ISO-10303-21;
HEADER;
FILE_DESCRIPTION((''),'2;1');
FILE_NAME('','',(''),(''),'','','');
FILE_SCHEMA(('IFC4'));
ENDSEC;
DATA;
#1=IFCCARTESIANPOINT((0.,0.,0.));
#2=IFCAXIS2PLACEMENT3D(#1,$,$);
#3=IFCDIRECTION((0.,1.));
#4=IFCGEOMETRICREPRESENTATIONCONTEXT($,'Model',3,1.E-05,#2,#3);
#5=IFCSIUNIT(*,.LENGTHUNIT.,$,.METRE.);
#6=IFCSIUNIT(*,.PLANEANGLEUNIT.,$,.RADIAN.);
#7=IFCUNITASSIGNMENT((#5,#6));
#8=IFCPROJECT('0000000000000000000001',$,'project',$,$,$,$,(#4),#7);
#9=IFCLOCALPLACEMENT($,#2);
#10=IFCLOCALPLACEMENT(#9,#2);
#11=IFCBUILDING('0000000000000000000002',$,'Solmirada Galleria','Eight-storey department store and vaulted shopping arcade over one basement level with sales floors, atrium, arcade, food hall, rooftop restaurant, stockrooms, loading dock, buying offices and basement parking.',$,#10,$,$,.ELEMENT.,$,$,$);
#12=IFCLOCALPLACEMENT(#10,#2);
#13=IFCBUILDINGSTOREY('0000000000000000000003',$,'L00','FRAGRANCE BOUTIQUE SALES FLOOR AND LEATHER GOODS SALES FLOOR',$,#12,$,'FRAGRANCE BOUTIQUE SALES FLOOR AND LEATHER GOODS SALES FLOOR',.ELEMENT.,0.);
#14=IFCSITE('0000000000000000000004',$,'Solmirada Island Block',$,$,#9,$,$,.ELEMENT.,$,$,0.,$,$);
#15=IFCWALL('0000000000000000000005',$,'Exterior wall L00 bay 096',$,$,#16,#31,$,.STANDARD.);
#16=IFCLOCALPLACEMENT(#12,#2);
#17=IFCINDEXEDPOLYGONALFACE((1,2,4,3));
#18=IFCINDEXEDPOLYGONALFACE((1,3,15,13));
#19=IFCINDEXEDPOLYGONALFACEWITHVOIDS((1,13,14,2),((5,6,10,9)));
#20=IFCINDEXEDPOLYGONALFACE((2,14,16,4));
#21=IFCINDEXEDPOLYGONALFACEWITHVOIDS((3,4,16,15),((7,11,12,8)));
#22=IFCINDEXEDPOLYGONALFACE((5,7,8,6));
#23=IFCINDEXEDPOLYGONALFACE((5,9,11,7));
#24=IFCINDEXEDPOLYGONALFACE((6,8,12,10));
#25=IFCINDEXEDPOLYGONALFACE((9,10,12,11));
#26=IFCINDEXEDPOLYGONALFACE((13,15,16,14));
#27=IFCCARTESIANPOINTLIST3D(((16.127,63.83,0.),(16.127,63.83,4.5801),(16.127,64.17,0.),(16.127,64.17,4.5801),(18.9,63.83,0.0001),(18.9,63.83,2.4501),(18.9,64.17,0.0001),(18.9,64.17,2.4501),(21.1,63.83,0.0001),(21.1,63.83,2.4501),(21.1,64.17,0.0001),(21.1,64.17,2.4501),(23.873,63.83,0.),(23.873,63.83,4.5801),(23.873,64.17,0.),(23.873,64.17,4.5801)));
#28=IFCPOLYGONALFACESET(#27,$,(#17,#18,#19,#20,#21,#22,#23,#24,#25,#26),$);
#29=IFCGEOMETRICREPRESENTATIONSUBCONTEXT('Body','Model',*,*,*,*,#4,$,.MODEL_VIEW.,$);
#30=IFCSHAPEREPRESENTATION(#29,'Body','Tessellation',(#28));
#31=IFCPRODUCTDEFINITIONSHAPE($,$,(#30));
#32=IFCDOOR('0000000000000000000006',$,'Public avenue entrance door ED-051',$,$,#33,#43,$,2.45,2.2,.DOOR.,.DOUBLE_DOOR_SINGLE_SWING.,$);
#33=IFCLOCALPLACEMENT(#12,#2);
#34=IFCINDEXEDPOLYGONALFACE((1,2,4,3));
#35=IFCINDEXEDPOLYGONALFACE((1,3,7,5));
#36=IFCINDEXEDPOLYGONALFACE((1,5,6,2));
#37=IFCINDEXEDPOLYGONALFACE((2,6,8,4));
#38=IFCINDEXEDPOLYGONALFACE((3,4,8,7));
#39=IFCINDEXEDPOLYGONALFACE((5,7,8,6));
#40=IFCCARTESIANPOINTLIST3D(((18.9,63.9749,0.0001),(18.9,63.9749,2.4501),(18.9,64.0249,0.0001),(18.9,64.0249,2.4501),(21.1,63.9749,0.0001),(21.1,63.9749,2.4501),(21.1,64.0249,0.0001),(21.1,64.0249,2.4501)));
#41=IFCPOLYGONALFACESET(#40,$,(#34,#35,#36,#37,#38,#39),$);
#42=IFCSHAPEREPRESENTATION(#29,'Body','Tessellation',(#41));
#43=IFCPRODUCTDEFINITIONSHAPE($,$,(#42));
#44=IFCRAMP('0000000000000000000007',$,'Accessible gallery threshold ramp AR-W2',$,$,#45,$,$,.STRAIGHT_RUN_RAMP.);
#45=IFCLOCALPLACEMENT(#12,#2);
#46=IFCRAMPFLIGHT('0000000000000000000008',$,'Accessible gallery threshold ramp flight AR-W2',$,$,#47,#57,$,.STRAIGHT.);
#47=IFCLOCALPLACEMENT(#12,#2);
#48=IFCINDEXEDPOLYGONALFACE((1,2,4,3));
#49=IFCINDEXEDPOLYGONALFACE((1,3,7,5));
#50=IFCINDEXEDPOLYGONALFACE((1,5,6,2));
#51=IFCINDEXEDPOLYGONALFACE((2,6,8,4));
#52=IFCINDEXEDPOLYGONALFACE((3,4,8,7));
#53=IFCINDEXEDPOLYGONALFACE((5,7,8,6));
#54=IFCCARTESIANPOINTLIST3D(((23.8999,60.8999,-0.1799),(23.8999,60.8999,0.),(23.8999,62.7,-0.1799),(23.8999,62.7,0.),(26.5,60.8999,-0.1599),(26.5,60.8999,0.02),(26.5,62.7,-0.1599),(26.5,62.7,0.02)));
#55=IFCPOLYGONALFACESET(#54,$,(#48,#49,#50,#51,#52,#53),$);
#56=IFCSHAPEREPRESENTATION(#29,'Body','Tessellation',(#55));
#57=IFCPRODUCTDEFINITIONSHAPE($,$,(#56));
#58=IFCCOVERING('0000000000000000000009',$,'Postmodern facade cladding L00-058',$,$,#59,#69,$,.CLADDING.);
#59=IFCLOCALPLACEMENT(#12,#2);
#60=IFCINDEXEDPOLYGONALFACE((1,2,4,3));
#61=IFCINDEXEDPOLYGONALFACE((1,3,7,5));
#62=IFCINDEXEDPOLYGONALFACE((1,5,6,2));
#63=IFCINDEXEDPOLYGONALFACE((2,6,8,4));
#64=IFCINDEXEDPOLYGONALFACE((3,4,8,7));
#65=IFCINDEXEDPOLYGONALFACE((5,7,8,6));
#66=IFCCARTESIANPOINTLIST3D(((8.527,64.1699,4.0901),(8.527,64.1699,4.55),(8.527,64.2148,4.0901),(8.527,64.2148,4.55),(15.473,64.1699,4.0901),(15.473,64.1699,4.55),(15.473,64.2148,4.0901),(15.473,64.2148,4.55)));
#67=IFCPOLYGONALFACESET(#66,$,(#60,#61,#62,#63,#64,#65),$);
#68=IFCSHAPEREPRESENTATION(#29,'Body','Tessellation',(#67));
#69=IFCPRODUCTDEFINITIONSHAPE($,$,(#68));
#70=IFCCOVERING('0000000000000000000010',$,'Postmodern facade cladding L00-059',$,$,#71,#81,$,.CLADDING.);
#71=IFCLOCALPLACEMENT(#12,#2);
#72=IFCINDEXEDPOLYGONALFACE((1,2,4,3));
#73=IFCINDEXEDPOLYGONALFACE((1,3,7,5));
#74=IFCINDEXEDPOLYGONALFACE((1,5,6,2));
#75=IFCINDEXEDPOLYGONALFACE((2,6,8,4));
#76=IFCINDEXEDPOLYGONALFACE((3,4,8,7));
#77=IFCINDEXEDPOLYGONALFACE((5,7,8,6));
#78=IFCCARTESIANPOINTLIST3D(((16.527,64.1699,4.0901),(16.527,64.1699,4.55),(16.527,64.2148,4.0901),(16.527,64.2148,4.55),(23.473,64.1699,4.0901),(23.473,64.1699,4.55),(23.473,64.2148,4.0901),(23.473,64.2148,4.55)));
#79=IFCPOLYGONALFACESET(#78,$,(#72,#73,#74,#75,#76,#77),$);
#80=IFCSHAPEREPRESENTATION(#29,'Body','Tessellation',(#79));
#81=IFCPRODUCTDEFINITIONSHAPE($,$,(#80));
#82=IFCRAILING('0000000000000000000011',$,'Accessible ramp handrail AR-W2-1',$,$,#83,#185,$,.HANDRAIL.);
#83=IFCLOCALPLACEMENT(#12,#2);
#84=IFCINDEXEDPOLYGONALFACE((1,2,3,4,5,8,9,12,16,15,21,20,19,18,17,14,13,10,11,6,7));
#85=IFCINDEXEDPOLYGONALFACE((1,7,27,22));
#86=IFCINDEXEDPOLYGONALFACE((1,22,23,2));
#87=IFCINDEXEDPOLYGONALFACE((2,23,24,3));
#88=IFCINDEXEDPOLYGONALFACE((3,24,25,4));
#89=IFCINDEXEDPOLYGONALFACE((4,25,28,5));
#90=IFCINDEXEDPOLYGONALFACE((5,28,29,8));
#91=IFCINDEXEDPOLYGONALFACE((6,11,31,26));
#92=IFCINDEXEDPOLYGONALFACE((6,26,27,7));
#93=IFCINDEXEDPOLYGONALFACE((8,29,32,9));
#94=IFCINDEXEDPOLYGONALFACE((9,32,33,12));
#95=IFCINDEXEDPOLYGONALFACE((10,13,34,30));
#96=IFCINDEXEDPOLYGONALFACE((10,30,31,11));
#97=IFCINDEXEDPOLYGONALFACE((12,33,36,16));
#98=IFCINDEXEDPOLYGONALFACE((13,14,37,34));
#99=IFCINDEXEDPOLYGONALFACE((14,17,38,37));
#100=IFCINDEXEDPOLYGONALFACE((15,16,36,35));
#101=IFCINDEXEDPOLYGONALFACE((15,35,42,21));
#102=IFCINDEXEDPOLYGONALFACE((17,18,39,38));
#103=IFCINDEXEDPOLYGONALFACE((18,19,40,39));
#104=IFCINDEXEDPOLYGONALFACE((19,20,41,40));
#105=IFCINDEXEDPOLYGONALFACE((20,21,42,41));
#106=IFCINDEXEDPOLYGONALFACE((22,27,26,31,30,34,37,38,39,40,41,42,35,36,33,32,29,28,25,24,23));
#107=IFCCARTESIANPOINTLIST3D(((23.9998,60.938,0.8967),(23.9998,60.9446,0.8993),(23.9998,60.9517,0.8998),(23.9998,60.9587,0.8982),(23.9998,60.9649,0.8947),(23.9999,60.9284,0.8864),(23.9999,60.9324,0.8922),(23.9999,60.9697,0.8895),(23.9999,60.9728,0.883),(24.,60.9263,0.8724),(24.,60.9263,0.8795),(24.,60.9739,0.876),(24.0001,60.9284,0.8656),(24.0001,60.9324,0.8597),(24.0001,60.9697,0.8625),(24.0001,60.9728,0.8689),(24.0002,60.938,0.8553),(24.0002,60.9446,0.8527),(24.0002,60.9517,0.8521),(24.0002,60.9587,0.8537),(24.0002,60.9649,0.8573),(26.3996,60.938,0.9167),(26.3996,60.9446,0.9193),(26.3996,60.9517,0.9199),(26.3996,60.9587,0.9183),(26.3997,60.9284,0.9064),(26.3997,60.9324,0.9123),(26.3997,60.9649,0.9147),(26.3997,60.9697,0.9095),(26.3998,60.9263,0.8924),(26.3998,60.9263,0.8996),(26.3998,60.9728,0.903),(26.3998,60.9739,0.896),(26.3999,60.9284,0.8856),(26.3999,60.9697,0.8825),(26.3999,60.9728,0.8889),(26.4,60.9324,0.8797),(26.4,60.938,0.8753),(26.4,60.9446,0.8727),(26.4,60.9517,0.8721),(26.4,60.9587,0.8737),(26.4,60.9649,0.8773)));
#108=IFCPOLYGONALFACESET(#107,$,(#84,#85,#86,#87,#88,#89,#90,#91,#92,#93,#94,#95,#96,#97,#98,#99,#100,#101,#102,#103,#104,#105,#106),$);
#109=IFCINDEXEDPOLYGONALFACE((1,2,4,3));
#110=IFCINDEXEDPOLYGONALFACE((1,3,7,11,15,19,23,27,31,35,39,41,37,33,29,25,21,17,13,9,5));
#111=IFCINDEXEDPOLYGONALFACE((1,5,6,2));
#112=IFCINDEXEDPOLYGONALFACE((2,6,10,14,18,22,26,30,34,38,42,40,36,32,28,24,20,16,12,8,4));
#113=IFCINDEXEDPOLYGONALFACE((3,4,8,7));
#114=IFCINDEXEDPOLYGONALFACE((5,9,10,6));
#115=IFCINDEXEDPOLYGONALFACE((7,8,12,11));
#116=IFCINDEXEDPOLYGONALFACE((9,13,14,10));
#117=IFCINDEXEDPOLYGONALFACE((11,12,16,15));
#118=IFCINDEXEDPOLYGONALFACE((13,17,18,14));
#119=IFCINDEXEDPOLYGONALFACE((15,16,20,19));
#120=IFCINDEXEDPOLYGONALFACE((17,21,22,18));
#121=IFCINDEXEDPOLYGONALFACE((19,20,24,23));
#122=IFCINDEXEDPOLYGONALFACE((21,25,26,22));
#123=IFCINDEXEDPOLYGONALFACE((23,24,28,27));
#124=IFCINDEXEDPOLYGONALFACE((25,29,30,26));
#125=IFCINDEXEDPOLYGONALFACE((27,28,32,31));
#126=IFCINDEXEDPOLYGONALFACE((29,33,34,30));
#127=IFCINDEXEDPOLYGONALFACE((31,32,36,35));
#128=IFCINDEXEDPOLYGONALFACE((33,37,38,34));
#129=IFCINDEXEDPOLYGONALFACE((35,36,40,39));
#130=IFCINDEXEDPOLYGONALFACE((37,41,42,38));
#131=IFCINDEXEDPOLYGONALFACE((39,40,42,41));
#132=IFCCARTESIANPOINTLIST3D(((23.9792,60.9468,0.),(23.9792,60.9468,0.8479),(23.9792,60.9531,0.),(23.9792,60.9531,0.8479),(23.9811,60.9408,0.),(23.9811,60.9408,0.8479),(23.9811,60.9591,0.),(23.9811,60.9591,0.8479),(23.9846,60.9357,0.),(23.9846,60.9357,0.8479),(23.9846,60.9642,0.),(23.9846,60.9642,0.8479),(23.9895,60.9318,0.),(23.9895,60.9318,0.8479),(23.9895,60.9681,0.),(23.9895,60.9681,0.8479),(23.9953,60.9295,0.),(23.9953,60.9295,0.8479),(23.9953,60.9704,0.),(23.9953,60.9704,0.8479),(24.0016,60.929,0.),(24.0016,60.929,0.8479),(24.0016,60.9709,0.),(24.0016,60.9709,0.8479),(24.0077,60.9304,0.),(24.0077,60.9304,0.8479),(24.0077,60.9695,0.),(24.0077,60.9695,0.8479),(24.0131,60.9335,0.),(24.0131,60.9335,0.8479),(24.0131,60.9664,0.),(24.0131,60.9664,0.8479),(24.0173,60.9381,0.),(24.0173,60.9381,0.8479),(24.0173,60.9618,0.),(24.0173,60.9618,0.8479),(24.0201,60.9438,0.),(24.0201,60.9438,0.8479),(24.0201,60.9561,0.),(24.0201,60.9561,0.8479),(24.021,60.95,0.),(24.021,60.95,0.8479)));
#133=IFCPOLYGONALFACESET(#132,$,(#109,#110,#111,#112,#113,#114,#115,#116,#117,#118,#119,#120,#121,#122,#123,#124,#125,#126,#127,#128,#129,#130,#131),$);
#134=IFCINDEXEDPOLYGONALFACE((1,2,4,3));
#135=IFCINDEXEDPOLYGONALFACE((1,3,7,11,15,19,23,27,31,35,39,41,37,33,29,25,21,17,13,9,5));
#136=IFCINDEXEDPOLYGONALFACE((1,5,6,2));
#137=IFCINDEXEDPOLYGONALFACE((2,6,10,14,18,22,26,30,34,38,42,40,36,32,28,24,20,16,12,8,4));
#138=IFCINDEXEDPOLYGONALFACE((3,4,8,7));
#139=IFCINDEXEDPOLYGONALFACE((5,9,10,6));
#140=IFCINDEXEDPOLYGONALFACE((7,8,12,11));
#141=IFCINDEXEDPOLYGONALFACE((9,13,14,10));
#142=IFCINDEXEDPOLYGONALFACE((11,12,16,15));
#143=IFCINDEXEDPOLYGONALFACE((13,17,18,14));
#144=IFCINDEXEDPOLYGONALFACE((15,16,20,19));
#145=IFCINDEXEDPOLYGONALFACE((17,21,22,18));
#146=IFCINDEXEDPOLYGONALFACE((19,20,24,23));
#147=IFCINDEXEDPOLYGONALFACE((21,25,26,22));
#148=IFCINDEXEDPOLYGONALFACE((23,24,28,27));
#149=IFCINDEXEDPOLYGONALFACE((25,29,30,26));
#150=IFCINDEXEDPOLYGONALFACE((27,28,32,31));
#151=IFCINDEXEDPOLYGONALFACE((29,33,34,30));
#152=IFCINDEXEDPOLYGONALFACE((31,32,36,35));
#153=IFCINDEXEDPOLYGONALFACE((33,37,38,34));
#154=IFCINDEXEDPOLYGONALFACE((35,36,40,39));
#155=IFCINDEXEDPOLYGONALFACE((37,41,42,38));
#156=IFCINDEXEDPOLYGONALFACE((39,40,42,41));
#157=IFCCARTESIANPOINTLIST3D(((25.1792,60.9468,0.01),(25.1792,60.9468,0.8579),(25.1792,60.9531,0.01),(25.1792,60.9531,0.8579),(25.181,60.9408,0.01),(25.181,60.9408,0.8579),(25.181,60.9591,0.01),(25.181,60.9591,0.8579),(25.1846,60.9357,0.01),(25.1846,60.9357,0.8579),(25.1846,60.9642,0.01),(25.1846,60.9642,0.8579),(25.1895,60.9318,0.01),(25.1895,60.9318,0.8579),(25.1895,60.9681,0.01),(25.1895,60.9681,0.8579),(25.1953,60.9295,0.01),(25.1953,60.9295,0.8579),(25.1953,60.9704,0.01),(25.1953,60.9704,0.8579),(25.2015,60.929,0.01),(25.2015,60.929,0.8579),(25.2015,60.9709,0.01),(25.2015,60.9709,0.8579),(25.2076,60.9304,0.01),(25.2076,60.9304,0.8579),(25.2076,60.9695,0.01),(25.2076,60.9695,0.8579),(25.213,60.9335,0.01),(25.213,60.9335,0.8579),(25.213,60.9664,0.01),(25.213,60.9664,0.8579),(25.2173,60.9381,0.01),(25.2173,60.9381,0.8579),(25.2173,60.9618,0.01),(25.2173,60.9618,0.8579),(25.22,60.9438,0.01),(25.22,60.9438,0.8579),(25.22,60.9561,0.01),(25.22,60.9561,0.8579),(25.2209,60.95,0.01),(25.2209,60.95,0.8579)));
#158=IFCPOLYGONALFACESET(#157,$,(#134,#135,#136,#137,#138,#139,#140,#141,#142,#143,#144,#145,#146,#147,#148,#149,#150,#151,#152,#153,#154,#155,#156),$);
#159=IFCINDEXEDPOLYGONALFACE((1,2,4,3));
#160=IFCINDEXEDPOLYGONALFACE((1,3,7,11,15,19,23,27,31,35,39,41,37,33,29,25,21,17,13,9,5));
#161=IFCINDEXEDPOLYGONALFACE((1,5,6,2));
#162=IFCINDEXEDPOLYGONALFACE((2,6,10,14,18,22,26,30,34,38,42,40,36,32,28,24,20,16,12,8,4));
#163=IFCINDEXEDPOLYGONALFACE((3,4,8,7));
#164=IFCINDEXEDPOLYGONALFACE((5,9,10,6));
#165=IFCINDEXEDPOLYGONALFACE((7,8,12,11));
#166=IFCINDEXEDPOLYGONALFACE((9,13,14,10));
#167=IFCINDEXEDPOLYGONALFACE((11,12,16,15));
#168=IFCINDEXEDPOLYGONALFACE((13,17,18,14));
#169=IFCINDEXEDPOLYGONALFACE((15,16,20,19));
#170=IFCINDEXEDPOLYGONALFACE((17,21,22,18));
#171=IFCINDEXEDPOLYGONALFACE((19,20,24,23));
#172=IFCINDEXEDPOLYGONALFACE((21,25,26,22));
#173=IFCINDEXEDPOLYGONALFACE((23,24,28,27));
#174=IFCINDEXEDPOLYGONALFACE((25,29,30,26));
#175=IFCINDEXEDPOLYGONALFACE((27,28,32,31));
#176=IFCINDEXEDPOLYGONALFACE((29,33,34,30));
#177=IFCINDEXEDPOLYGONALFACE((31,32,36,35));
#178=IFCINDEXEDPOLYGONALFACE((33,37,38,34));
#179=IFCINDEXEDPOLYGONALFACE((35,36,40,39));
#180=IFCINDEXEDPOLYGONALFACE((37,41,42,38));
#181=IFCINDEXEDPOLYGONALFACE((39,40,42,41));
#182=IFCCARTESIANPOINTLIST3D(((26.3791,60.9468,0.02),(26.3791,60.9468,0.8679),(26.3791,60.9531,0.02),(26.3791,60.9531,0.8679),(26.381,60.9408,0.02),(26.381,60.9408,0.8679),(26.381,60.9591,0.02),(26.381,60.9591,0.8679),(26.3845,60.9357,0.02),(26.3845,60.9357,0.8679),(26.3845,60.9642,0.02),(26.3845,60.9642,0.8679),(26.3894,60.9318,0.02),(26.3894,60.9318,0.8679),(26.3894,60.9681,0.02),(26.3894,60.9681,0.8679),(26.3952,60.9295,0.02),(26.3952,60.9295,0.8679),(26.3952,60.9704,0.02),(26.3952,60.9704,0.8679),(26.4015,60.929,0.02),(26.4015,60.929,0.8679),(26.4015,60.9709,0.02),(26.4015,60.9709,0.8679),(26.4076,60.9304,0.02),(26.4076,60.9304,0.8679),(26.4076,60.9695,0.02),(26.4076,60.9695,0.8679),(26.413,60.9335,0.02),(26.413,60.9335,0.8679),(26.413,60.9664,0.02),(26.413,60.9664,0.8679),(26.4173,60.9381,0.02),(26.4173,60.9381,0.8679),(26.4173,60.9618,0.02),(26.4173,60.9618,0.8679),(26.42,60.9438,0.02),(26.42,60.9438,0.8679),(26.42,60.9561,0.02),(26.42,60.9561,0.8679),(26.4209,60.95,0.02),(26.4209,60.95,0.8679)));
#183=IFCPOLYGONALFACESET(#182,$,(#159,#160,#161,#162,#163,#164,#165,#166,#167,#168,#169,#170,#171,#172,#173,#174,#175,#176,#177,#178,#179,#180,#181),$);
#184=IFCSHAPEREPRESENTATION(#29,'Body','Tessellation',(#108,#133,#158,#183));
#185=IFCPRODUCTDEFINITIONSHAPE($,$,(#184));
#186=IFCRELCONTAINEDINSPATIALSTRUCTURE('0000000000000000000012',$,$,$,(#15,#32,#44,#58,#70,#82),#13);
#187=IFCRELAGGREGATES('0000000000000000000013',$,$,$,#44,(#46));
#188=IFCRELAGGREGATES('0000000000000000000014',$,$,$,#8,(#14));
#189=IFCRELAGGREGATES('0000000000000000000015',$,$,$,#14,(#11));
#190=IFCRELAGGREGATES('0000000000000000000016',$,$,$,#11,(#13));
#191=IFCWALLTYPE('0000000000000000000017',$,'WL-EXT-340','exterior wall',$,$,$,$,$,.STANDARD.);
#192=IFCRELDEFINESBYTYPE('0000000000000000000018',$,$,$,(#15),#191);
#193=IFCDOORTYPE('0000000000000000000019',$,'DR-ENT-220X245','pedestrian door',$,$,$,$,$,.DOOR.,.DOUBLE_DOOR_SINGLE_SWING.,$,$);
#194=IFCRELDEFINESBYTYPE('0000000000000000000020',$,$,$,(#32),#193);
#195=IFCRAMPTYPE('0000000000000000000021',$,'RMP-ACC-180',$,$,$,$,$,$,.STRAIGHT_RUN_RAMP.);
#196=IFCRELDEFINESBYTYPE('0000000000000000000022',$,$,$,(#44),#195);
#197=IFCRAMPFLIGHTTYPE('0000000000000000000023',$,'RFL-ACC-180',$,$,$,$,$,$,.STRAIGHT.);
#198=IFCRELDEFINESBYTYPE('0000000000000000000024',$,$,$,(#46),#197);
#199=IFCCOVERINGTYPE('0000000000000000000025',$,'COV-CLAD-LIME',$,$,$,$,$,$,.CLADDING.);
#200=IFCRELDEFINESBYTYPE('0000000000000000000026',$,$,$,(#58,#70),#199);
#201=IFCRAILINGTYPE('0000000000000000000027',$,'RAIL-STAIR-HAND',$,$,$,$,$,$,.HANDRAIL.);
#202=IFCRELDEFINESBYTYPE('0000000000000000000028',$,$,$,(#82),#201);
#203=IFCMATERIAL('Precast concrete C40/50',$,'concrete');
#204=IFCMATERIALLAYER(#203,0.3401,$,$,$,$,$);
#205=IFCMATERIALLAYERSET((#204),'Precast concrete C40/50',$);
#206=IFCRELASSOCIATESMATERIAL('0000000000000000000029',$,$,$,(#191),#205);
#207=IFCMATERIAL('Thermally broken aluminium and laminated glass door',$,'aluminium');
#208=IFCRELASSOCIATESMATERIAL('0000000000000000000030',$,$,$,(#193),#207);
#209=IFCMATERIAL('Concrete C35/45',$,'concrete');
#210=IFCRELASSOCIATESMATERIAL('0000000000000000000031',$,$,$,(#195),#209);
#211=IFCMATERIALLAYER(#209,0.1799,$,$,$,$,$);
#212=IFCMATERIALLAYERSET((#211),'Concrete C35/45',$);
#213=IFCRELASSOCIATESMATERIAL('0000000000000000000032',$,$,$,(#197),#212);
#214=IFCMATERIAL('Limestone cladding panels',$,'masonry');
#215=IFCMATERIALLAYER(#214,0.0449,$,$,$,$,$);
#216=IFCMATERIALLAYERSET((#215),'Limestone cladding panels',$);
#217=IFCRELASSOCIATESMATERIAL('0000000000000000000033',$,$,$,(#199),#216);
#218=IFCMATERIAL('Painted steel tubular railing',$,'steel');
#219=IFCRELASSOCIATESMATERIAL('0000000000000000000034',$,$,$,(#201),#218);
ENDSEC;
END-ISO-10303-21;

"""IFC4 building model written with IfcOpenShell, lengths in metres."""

from ifc_helpers import new_model, si_unit, direction, frame, frame_2d, origin, origin_2d, place, context, subcontext, project, spatial, polyline, rectangle, circle, outline, extrude, material, layer, layer_set, type_object, element, fill, aggregate, save


model = new_model("IFC4")

# Units and contexts
model_context = context("Model", 3, precision=1e-05, world=origin(), true_north=direction((0.0, 1.0)))
body_context = subcontext(model_context, "Body", "Model", "MODEL_VIEW")
ifc_project = project(units=[si_unit("LENGTHUNIT", "METRE"), si_unit("PLANEANGLEUNIT", "RADIAN")], contexts=[model_context])

# Site, building, storey
site_placement = place(None, origin())
site = spatial("IfcSite", under=ifc_project, at=site_placement, Name="Solmirada Island Block", CompositionType="ELEMENT", RefElevation=0.0)
building_placement = place(site_placement, origin())
building = spatial("IfcBuilding", under=site, at=building_placement, Name="Solmirada Galleria", Description="Eight-storey department store and vaulted shopping arcade over one basement level with sales floors, atrium, arcade, food hall, rooftop restaurant, stockrooms, loading dock, buying offices and basement parking.", CompositionType="ELEMENT")
storey_placement = place(building_placement, origin())
storey = spatial("IfcBuildingStorey", under=building, at=storey_placement, Name="L00", Description="FRAGRANCE BOUTIQUE SALES FLOOR AND LEATHER GOODS SALES FLOOR", LongName="FRAGRANCE BOUTIQUE SALES FLOOR AND LEATHER GOODS SALES FLOOR", CompositionType="ELEMENT", Elevation=0.0)

# Wall, opening, door
ifc_material_1 = material(Name="Precast concrete C40/50", Category="concrete")
ifc_layer_1 = layer(ifc_material_1, 0.3401)
ifc_layer_set_1 = layer_set([ifc_layer_1], Name="Precast concrete C40/50")
wall_type = type_object("IfcWallType", Name="WL-EXT-340", Description="exterior wall", PredefinedType="STANDARD", material=ifc_layer_set_1)
ifc_material_2 = material(Name="Thermally broken aluminium and laminated glass door", Category="aluminium")
wall_1_placement = place(storey_placement, frame((16.127, 64.0, 0.0), z_axis=(0.0, 0.0, 1.0), x_axis=(1.0, 0.0, 0.0)))
wall_1 = element("IfcWall", 1, at=wall_1_placement, inside=storey, type_object=wall_type, Name="Exterior wall L00 bay 096", PredefinedType="STANDARD", context=body_context, shape_type="SweptSolid", body=[
    extrude(rectangle(XDim=7.7461, YDim=0.3401, at=frame_2d((3.873, 0.0))), origin(), (0.0, 0.0, 1.0), 4.5801),
])
opening_1_placement = place(wall_1_placement, frame((2.7729, 0.0, 0.0)))
opening_1 = element("IfcOpeningElement", 2, at=opening_1_placement, cuts=wall_1, PredefinedType="OPENING", context=body_context, shape_type="SweptSolid", body=[
    extrude(rectangle(XDim=2.2, YDim=2.45, at=frame_2d((1.1001, 1.2251))), frame((0.0, 0.1799, 0.0), z_axis=(0.0, -1.0, 0.0), x_axis=(1.0, 0.0, 0.0)), (0.0, 0.0, 1.0), 0.3601),
])
door_type_1 = type_object("IfcDoorType", Name="DR-ENT-220X245", Description="pedestrian door", OperationType="DOUBLE_DOOR_SINGLE_SWING", PredefinedType="DOOR", material=ifc_material_2)
door_1_placement = place(opening_1_placement, origin())
door_1 = element("IfcDoor", 3, at=door_1_placement, inside=storey, type_object=door_type_1, Name="Public avenue entrance door ED-051", OperationType="DOUBLE_DOOR_SINGLE_SWING", OverallHeight=2.45, OverallWidth=2.2, PredefinedType="DOOR", context=body_context, shape_type="SweptSolid", body=[
    extrude(rectangle(XDim=2.2, YDim=2.45, at=frame_2d((1.1001, 1.2251))), frame((0.0, 0.0249, 0.0), z_axis=(0.0, -1.0, 0.0), x_axis=(1.0, 0.0, 0.0)), (0.0, 0.0, 1.0), 0.05),
])
fill(opening_1, door_1)

# Ramp, ramp flight
ifc_material_3 = material(Name="Concrete C35/45", Category="concrete")
ramp_type = type_object("IfcRampType", Name="RMP-ACC-180", PredefinedType="STRAIGHT_RUN_RAMP", material=ifc_material_3)
ramp_placement = place(storey_placement, origin())
ramp = element("IfcRamp", 4, at=ramp_placement, inside=storey, type_object=ramp_type, Name="Accessible gallery threshold ramp AR-W2", PredefinedType="STRAIGHT_RUN_RAMP")
ifc_layer_2 = layer(ifc_material_3, 0.1799)
ifc_layer_set_2 = layer_set([ifc_layer_2], Name="Concrete C35/45")
ramp_flight_type = type_object("IfcRampFlightType", Name="RFL-ACC-180", PredefinedType="STRAIGHT", material=ifc_layer_set_2)
ramp_flight_placement = place(storey_placement, frame((24.0, 61.8, 0.0), z_axis=(0.0, 0.0, 1.0), x_axis=(1.0, 0.0, 0.0)))
ramp_flight = element("IfcRampFlight", 5, at=ramp_flight_placement, type_object=ramp_flight_type, Name="Accessible gallery threshold ramp flight AR-W2", PredefinedType="STRAIGHT", context=body_context, shape_type="SweptSolid", body=[
    extrude(outline(polyline([(-0.1001, 0.0), (2.5, 0.02), (2.5, -0.1599), (-0.1001, -0.1799), (-0.1001, 0.0)])), frame((0.0, 0.8999, 0.0), z_axis=(0.0, -1.0, 0.0), x_axis=(1.0, 0.0, 0.0)), (0.0, 0.0, 1.0), 1.8),
])
aggregate(ramp, [ramp_flight])

# Coverings
ifc_material_4 = material(Name="Limestone cladding panels", Category="masonry")
ifc_layer_3 = layer(ifc_material_4, 0.0449)
ifc_layer_set_3 = layer_set([ifc_layer_3], Name="Limestone cladding panels")
covering_type = type_object("IfcCoveringType", Name="COV-CLAD-LIME", PredefinedType="CLADDING", material=ifc_layer_set_3)
for number, where, z_axis, x_axis, name in (
    (6, (12.0, 64.1924, 4.0901), (0.0, 0.0, 1.0), (1.0, 0.0, 0.0), "Postmodern facade cladding L00-058"),
    (7, (20.0, 64.1924, 4.0901), (0.0, 0.0, 1.0), (1.0, 0.0, 0.0), "Postmodern facade cladding L00-059"),
):
    element("IfcCovering", number, at=place(storey_placement, frame(where, z_axis=z_axis, x_axis=x_axis)), inside=storey, type_object=covering_type, Name=name, PredefinedType="CLADDING", context=body_context, shape_type="SweptSolid", body=[
        extrude(rectangle(XDim=6.946, YDim=0.0449, at=origin_2d()), origin(), (0.0, 0.0, 1.0), 0.46),
    ])

# Railing
ifc_material_5 = material(Name="Painted steel tubular railing", Category="steel")
railing_type = type_object("IfcRailingType", Name="RAIL-STAIR-HAND", PredefinedType="HANDRAIL", material=ifc_material_5)
for number, where, name in (
    (8, (24.0, 60.95, 0.0), "Accessible ramp handrail AR-W2-1"),
):
    element("IfcRailing", number, at=place(storey_placement, frame(where)), inside=storey, type_object=railing_type, Name=name, PredefinedType="HANDRAIL", context=body_context, shape_type="SweptSolid", body=[
        extrude(circle(Radius=0.0239, at=origin_2d()), frame((0.0, 0.0, 0.876), z_axis=(0.999965, 0.0, 0.008342), x_axis=(0.0, 1.0, 0.0)), (0.0, 0.0, 1.0), 2.3999),
        extrude(circle(Radius=0.021, at=origin_2d()), origin(), (0.0, 0.0, 1.0), 0.8479),
        extrude(circle(Radius=0.021, at=origin_2d()), frame((1.2, 0.0, 0.01)), (0.0, 0.0, 1.0), 0.8479),
        extrude(circle(Radius=0.021, at=origin_2d()), frame((2.3999, 0.0, 0.02)), (0.0, 0.0, 1.0), 0.8479),
    ])

save(model, "model.ifc")
